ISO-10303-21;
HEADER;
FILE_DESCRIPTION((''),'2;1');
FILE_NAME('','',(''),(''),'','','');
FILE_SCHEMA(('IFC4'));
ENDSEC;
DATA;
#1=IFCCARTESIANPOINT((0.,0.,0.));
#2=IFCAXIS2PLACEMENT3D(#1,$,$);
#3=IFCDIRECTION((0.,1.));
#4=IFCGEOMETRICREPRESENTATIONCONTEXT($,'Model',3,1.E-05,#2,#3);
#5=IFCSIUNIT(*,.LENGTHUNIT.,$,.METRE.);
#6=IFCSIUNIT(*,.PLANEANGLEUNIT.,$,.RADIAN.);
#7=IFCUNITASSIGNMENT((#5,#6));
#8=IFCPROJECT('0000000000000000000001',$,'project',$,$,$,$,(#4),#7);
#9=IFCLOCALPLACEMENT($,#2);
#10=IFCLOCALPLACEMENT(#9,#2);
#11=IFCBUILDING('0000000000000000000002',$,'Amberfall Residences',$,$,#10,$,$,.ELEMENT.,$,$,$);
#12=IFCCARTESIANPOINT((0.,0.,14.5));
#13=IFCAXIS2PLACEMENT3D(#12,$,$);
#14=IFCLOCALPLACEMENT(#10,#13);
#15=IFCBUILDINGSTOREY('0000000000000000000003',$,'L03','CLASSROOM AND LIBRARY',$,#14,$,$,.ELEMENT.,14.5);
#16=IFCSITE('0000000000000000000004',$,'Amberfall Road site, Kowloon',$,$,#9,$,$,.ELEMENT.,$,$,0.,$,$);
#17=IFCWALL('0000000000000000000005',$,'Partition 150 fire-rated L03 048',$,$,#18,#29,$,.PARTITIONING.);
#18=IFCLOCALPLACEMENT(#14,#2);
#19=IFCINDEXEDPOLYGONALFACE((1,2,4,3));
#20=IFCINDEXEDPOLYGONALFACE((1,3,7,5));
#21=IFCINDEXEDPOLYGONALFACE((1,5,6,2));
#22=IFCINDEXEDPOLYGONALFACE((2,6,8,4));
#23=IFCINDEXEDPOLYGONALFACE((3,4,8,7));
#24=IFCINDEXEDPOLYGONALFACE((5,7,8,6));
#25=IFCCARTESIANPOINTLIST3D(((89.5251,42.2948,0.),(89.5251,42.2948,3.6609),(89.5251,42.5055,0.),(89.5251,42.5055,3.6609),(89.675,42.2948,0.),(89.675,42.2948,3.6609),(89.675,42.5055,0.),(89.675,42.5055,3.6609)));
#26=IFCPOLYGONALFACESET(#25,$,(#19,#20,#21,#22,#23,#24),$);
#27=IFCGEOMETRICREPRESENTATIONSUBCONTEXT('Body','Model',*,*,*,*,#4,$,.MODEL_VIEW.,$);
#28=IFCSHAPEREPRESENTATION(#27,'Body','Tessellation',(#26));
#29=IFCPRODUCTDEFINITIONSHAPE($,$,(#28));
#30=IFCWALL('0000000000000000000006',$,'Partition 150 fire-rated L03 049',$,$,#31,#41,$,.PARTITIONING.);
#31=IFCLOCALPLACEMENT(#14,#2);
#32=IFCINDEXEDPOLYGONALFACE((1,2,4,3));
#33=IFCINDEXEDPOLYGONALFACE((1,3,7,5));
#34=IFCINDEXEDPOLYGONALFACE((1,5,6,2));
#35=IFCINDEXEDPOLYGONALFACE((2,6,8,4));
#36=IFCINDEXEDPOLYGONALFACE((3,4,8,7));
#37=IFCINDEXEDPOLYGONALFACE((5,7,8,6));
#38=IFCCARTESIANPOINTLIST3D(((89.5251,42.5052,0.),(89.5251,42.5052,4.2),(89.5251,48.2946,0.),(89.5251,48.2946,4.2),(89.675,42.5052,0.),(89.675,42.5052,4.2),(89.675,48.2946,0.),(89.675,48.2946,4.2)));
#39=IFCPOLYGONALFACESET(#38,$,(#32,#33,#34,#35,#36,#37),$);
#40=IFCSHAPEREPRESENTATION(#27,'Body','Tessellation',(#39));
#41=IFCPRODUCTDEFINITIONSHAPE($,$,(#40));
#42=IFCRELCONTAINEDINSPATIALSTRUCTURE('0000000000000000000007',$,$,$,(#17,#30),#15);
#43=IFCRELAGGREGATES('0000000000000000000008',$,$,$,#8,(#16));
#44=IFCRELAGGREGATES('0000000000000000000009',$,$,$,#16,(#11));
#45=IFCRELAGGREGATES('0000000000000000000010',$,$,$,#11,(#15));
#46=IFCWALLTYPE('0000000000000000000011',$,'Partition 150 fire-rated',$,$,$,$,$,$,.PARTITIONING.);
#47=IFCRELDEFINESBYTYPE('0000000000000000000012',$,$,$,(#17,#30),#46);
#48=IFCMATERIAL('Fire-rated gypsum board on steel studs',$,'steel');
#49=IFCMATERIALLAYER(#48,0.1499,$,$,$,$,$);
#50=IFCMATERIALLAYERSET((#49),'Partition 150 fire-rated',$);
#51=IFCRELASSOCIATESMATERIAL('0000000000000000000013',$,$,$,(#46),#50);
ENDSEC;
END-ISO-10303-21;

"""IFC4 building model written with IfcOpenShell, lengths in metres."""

from ifc_helpers import new_model, si_unit, direction, frame, frame_2d, origin, place, context, subcontext, project, spatial, rectangle, extrude, material, layer, layer_set, type_object, element, save


model = new_model("IFC4")

# Units and contexts
model_context = context("Model", 3, precision=1e-05, world=origin(), true_north=direction((0.0, 1.0)))
body_context = subcontext(model_context, "Body", "Model", "MODEL_VIEW")
ifc_project = project(units=[si_unit("LENGTHUNIT", "METRE"), si_unit("PLANEANGLEUNIT", "RADIAN")], contexts=[model_context])

# Site, building, storey
site_placement = place(None, origin())
site = spatial("IfcSite", under=ifc_project, at=site_placement, Name="Amberfall Road site, Kowloon", CompositionType="ELEMENT", RefElevation=0.0)
building_placement = place(site_placement, origin())
building = spatial("IfcBuilding", under=site, at=building_placement, Name="Amberfall Residences", CompositionType="ELEMENT")
storey_placement = place(building_placement, frame((0.0, 0.0, 14.5)))
storey = spatial("IfcBuildingStorey", under=building, at=storey_placement, Name="L03", Description="CLASSROOM AND LIBRARY", CompositionType="ELEMENT", Elevation=14.5)

# Shared definitions
ifc_material_1 = material(Name="Fire-rated gypsum board on steel studs", Category="steel")
ifc_layer_1 = layer(ifc_material_1, 0.1499)
ifc_layer_set_1 = layer_set([ifc_layer_1], Name="Partition 150 fire-rated")
wall_type = type_object("IfcWallType", Name="Partition 150 fire-rated", PredefinedType="PARTITIONING", material=ifc_layer_set_1)

# Walls
wall_1_placement = place(storey_placement, frame((89.6001, 42.2947, 0.0), z_axis=(0.0, 0.0, 1.0), x_axis=(0.0, 1.0, 0.0)))
element("IfcWall", 1, at=wall_1_placement, inside=storey, type_object=wall_type, Name="Partition 150 fire-rated L03 048", PredefinedType="PARTITIONING", context=body_context, shape_type="SweptSolid", body=[
    extrude(rectangle(XDim=0.2107, YDim=0.1499, at=frame_2d((0.1055, 0.0))), origin(), (0.0, 0.0, 1.0), 3.6609),
])
wall_2_placement = place(storey_placement, frame((89.6001, 42.5054, 0.0), z_axis=(0.0, 0.0, 1.0), x_axis=(0.0, 1.0, 0.0)))
element("IfcWall", 2, at=wall_2_placement, inside=storey, type_object=wall_type, Name="Partition 150 fire-rated L03 049", PredefinedType="PARTITIONING", context=body_context, shape_type="SweptSolid", body=[
    extrude(rectangle(XDim=5.7893, YDim=0.1499, at=frame_2d((2.8945, 0.0))), origin(), (0.0, 0.0, 1.0), 4.2),
])

save(model, "model.ifc")
